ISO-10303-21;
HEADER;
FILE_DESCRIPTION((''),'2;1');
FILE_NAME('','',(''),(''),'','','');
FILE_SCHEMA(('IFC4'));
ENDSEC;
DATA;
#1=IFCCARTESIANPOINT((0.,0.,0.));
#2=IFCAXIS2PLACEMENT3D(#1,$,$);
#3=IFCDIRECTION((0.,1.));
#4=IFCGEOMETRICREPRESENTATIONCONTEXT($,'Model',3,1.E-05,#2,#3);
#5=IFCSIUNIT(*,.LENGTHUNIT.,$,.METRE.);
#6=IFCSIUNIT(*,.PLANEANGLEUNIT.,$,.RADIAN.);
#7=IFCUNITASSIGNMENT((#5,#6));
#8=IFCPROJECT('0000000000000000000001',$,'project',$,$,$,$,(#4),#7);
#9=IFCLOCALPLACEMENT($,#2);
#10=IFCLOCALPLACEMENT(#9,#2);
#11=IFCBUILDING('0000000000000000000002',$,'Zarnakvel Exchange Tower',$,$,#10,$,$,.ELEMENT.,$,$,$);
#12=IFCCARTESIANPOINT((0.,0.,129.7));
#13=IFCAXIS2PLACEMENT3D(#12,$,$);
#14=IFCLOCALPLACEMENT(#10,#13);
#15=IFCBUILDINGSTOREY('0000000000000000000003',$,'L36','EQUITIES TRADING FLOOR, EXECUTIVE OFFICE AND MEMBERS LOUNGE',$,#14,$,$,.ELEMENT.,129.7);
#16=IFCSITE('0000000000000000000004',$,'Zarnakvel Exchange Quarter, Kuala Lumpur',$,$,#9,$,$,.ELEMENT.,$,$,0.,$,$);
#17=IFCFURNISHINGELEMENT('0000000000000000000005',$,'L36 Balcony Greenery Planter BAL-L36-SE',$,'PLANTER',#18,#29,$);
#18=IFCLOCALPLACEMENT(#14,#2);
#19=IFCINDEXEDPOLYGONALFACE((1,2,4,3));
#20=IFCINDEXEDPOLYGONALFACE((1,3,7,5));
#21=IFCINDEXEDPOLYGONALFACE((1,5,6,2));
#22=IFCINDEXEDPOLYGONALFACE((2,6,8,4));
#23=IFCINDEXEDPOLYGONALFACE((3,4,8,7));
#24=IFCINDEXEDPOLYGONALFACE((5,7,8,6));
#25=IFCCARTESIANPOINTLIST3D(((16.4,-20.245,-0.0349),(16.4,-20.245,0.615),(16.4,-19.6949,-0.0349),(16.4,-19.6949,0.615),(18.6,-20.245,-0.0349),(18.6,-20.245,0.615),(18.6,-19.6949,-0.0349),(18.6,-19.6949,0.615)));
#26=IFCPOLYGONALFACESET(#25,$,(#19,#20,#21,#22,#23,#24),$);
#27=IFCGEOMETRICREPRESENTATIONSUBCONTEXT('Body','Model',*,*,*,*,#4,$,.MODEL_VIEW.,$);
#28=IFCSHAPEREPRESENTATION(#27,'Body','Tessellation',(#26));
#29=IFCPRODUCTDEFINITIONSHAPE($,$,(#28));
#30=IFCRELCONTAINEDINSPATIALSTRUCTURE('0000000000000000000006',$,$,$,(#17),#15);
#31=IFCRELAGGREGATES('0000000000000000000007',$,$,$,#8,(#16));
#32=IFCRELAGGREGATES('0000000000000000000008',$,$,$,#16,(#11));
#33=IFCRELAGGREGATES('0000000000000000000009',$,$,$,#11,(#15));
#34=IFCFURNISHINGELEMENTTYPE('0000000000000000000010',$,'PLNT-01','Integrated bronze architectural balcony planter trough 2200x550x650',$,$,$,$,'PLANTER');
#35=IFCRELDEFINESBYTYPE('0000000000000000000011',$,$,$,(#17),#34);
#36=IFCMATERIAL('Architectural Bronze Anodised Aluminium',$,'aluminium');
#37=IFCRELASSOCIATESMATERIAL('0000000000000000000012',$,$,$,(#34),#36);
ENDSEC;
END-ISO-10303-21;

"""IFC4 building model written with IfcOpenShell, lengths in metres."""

from ifc_helpers import new_model, si_unit, direction, frame, origin, origin_2d, place, context, subcontext, project, spatial, rectangle, extrude, source, transform, mapped, material, type_object, element, save


model = new_model("IFC4")

# Units and contexts
model_context = context("Model", 3, precision=1e-05, world=origin(), true_north=direction((0.0, 1.0)))
body_context = subcontext(model_context, "Body", "Model", "MODEL_VIEW")
ifc_project = project(units=[si_unit("LENGTHUNIT", "METRE"), si_unit("PLANEANGLEUNIT", "RADIAN")], contexts=[model_context])

# Site, building, storey
site_placement = place(None, origin())
site = spatial("IfcSite", under=ifc_project, at=site_placement, Name="Zarnakvel Exchange Quarter, Kuala Lumpur", CompositionType="ELEMENT", RefElevation=0.0)
building_placement = place(site_placement, origin())
building = spatial("IfcBuilding", under=site, at=building_placement, Name="Zarnakvel Exchange Tower", CompositionType="ELEMENT")
storey_placement = place(building_placement, frame((0.0, 0.0, 129.7)))
storey = spatial("IfcBuildingStorey", under=building, at=storey_placement, Name="L36", Description="EQUITIES TRADING FLOOR, EXECUTIVE OFFICE AND MEMBERS LOUNGE", CompositionType="ELEMENT", Elevation=129.7)

# Shared definitions
ifc_material_1 = material(Name="Architectural Bronze Anodised Aluminium", Category="aluminium")

# Furnishing element
furnishing_element_type = type_object("IfcFurnishingElementType", Name="PLNT-01", Description="Integrated bronze architectural balcony planter trough 2200x550x650", ElementType="PLANTER", material=ifc_material_1)
shared_shape_1 = source(origin(), body_context, "Body", "SweptSolid", [
    extrude(rectangle(XDim=2.2, YDim=0.55, at=origin_2d()), origin(), (0.0, 0.0, 1.0), 0.6499),
])
furnishing_placement = place(storey_placement, frame((17.5, -19.97, -0.0349), z_axis=(0.0, 0.0, 1.0), x_axis=(1.0, 0.0, 0.0)))
element("IfcFurnishingElement", 1, at=furnishing_placement, inside=storey, type_object=furnishing_element_type, Name="L36 Balcony Greenery Planter BAL-L36-SE", ObjectType="PLANTER", context=body_context, shape_type="MappedRepresentation", body=[
    mapped(shared_shape_1, transform((0.0, 0.0, 0.0), x_axis=(1.0, 0.0, 0.0), y_axis=(0.0, 1.0, 0.0), z_axis=(0.0, 0.0, 1.0), scale=1.0)),
])

save(model, "model.ifc")
